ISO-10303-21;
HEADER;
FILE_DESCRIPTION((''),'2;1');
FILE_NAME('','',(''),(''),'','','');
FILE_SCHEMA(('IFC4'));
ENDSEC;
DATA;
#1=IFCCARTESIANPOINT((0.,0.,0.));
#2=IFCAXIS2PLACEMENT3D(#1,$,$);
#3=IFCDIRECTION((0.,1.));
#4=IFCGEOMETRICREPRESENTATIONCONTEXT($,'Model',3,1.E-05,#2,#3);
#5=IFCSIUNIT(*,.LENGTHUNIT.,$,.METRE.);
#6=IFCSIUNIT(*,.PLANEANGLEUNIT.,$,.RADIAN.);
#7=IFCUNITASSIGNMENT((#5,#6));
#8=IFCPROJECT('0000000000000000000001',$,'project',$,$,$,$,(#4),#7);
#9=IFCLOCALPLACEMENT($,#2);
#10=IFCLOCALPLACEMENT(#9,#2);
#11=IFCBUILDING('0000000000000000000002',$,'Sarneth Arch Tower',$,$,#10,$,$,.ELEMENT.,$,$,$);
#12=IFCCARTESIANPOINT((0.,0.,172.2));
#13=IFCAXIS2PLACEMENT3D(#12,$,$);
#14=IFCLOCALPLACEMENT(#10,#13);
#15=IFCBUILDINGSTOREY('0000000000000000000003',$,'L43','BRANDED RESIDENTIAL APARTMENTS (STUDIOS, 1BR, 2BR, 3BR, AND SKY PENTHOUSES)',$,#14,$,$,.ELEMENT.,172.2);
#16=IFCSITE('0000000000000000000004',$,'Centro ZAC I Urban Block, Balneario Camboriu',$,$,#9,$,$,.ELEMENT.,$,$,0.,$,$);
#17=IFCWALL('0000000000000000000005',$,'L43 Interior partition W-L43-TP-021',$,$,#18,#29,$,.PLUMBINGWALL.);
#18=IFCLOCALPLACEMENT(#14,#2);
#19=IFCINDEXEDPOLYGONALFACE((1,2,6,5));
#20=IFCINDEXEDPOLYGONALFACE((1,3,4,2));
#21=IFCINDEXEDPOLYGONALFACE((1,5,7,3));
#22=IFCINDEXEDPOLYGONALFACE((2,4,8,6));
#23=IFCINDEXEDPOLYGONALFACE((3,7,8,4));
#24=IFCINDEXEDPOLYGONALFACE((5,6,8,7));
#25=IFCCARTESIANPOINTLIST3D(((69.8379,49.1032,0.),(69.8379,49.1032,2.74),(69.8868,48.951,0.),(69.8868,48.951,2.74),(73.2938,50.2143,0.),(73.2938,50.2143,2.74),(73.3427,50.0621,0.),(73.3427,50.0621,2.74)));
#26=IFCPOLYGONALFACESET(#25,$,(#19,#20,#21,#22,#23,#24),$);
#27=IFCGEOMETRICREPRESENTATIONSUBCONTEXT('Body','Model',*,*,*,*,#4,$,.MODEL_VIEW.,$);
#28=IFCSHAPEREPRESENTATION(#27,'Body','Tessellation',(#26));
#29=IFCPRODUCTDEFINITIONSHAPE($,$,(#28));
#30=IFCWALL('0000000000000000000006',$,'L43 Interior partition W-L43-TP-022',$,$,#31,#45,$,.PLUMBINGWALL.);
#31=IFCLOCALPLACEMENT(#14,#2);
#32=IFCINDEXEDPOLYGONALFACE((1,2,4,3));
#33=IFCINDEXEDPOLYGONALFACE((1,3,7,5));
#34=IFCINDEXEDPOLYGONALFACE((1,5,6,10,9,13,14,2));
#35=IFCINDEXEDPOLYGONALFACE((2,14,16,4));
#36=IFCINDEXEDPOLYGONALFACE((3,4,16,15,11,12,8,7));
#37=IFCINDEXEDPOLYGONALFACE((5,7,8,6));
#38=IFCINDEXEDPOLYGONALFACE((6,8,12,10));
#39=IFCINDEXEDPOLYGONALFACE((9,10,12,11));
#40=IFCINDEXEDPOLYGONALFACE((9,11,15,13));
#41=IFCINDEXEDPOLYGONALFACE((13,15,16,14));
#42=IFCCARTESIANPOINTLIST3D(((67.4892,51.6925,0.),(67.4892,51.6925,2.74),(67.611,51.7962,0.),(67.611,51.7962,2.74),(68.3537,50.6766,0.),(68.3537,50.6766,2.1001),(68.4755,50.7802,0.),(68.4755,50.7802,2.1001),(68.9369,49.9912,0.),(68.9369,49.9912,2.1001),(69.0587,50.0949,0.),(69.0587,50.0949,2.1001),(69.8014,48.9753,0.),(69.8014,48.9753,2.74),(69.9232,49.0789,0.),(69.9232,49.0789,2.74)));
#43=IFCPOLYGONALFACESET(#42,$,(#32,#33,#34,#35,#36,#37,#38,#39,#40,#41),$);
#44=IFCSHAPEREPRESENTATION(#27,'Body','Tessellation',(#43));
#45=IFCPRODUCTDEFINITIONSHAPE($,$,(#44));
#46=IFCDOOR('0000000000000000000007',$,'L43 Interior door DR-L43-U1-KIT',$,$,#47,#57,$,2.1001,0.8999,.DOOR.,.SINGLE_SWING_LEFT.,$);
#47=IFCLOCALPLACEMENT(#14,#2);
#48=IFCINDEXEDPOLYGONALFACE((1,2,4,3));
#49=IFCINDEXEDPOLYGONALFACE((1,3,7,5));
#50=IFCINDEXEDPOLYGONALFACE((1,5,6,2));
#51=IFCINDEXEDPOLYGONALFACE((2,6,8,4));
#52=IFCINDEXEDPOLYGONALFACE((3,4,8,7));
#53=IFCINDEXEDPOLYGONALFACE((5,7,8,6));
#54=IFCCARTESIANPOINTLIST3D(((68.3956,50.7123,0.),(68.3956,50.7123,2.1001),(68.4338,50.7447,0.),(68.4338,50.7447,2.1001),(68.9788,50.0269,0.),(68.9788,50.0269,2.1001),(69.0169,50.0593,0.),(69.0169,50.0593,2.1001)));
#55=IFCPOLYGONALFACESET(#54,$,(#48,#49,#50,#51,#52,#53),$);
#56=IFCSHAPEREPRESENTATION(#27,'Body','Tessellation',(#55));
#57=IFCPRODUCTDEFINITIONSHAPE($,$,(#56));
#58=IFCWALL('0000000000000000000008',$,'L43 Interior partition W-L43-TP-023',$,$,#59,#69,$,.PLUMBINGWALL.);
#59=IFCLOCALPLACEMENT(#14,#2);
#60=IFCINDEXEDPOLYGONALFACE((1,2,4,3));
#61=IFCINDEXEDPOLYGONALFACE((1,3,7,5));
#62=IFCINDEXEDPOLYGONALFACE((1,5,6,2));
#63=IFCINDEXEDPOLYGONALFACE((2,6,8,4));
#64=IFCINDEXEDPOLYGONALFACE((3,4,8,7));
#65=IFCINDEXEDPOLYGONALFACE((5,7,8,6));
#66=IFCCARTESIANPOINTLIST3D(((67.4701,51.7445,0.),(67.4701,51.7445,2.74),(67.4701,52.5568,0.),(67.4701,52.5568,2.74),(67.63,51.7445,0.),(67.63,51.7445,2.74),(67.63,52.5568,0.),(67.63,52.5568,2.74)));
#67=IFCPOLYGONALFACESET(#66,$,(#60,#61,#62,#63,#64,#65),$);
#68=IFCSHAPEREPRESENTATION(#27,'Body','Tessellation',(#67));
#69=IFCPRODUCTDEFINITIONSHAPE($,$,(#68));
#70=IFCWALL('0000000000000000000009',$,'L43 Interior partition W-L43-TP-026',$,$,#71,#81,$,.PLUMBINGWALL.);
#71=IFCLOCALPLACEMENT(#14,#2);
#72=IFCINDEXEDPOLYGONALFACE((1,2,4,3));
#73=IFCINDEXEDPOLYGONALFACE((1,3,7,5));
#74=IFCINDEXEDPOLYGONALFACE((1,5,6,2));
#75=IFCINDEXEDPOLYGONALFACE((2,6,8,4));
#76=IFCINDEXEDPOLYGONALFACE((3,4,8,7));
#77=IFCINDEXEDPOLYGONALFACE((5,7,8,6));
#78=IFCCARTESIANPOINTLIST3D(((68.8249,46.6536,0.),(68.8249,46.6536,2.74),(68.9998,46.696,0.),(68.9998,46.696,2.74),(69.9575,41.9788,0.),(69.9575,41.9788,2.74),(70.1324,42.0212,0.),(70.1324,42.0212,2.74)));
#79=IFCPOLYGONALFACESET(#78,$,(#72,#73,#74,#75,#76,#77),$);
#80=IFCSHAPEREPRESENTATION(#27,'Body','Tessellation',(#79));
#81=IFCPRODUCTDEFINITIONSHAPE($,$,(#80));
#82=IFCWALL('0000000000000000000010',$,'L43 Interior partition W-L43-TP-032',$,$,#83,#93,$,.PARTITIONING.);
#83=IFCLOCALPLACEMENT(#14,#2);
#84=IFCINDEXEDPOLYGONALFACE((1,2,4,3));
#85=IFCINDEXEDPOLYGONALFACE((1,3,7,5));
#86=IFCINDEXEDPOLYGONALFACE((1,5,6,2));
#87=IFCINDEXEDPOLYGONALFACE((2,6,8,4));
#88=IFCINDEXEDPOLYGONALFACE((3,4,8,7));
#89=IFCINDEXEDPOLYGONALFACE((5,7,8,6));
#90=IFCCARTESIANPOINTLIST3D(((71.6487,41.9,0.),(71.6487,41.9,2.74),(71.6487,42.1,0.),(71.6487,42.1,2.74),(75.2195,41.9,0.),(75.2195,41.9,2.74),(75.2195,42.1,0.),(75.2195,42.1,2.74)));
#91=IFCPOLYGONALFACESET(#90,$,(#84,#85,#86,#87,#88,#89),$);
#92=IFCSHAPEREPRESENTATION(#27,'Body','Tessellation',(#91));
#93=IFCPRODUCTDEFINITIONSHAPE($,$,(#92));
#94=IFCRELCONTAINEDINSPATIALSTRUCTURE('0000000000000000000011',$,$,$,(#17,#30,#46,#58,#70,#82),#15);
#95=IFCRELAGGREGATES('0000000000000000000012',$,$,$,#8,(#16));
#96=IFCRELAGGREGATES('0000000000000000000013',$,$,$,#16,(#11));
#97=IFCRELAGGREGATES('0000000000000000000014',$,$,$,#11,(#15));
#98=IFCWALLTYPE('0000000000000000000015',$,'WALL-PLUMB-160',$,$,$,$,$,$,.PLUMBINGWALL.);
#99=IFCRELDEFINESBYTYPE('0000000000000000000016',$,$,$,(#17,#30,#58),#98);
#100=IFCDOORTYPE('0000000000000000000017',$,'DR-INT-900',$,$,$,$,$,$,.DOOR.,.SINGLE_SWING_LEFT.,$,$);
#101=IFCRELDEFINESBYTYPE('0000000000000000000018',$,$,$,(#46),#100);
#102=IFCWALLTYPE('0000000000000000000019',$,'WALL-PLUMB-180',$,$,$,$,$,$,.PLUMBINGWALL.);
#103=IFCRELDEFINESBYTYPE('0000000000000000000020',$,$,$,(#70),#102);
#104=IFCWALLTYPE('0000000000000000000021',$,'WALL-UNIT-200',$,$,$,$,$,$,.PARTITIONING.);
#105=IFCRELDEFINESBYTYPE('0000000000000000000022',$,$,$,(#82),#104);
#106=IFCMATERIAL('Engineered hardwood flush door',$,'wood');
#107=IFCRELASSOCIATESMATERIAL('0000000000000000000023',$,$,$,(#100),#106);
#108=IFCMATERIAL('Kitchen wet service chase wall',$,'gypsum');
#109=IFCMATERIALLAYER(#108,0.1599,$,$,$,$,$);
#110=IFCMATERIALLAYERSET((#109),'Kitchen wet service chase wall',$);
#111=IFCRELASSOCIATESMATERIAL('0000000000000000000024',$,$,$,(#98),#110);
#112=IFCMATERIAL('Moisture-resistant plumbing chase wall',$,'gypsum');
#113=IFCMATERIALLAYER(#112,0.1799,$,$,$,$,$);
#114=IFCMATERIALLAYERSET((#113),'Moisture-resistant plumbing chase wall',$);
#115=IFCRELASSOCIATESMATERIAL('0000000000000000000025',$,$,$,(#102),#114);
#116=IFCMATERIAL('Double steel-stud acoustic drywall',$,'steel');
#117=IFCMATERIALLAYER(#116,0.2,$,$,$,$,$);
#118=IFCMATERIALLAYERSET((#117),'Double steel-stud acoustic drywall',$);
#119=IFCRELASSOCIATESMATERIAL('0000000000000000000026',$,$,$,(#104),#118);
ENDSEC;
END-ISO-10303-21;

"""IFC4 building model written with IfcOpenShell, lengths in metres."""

from ifc_helpers import new_model, si_unit, direction, frame, frame_2d, origin, place, context, subcontext, project, spatial, rectangle, extrude, material, layer, layer_set, type_object, element, fill, save


model = new_model("IFC4")

# Units and contexts
model_context = context("Model", 3, precision=1e-05, world=origin(), true_north=direction((0.0, 1.0)))
body_context = subcontext(model_context, "Body", "Model", "MODEL_VIEW")
ifc_project = project(units=[si_unit("LENGTHUNIT", "METRE"), si_unit("PLANEANGLEUNIT", "RADIAN")], contexts=[model_context])

# Site, building, storey
site_placement = place(None, origin())
site = spatial("IfcSite", under=ifc_project, at=site_placement, Name="Centro ZAC I Urban Block, Balneario Camboriu", CompositionType="ELEMENT", RefElevation=0.0)
building_placement = place(site_placement, origin())
building = spatial("IfcBuilding", under=site, at=building_placement, Name="Sarneth Arch Tower", CompositionType="ELEMENT")
storey_placement = place(building_placement, frame((0.0, 0.0, 172.2)))
storey = spatial("IfcBuildingStorey", under=building, at=storey_placement, Name="L43", Description="BRANDED RESIDENTIAL APARTMENTS (STUDIOS, 1BR, 2BR, 3BR, AND SKY PENTHOUSES)", CompositionType="ELEMENT", Elevation=172.2)

# Shared definitions
ifc_material_1 = material(Name="Engineered hardwood flush door", Category="wood")
door_type_1 = type_object("IfcDoorType", Name="DR-INT-900", OperationType="SINGLE_SWING_LEFT", PredefinedType="DOOR", material=ifc_material_1)

# Wall
ifc_material_2 = material(Name="Kitchen wet service chase wall", Category="gypsum")
ifc_layer_1 = layer(ifc_material_2, 0.1599)
ifc_layer_set_1 = layer_set([ifc_layer_1], Name="Kitchen wet service chase wall")
wall_type_1 = type_object("IfcWallType", Name="WALL-PLUMB-160", PredefinedType="PLUMBINGWALL", material=ifc_layer_set_1)
wall_1_placement = place(storey_placement, frame((73.3181, 50.1382, 0.0), z_axis=(0.0, 0.0, 1.0), x_axis=(-0.952005, -0.306081, 0.0)))
element("IfcWall", 1, at=wall_1_placement, inside=storey, type_object=wall_type_1, Name="L43 Interior partition W-L43-TP-021", PredefinedType="PLUMBINGWALL", context=body_context, shape_type="SweptSolid", body=[
    extrude(rectangle(XDim=3.6301, YDim=0.1599, at=frame_2d((1.8149, 0.0))), origin(), (0.0, 0.0, 1.0), 2.74),
])

# Wall, opening, door
wall_2_placement = place(storey_placement, frame((69.8623, 49.0271, 0.0), z_axis=(0.0, 0.0, 1.0), x_axis=(-0.648065, 0.761585, 0.0)))
wall_2 = element("IfcWall", 2, at=wall_2_placement, inside=storey, type_object=wall_type_1, Name="L43 Interior partition W-L43-TP-022", PredefinedType="PLUMBINGWALL", context=body_context, shape_type="SweptSolid", body=[
    extrude(rectangle(XDim=3.5679, YDim=0.1599, at=frame_2d((1.7839, 0.0))), origin(), (0.0, 0.0, 1.0), 2.74),
])
opening_1_placement = place(wall_2_placement, frame((1.334, 0.0, 0.0)))
opening_1 = element("IfcOpeningElement", 3, at=opening_1_placement, cuts=wall_2, PredefinedType="OPENING", context=body_context, shape_type="SweptSolid", body=[
    extrude(rectangle(XDim=0.8999, YDim=2.1001, at=frame_2d((0.45, 1.05))), frame((0.0, 0.0898, 0.0), z_axis=(0.0, -1.0, 0.0), x_axis=(1.0, 0.0, 0.0)), (0.0, 0.0, 1.0), 0.1799),
])
door_1_placement = place(opening_1_placement, origin())
door_1 = element("IfcDoor", 4, at=door_1_placement, inside=storey, type_object=door_type_1, Name="L43 Interior door DR-L43-U1-KIT", OperationType="SINGLE_SWING_LEFT", OverallHeight=2.1001, OverallWidth=0.8999, PredefinedType="DOOR", context=body_context, shape_type="SweptSolid", body=[
    extrude(rectangle(XDim=0.8999, YDim=2.1001, at=frame_2d((0.45, 1.05))), frame((0.0, 0.0249, 0.0), z_axis=(0.0, -1.0, 0.0), x_axis=(1.0, 0.0, 0.0)), (0.0, 0.0, 1.0), 0.05),
])
fill(opening_1, door_1)

# Walls
wall_3_placement = place(storey_placement, frame((67.55, 51.7444, 0.0), z_axis=(0.0, 0.0, 1.0), x_axis=(0.0, 1.0, 0.0)))
element("IfcWall", 5, at=wall_3_placement, inside=storey, type_object=wall_type_1, Name="L43 Interior partition W-L43-TP-023", PredefinedType="PLUMBINGWALL", context=body_context, shape_type="SweptSolid", body=[
    extrude(rectangle(XDim=0.8123, YDim=0.1599, at=frame_2d((0.4062, 0.0))), origin(), (0.0, 0.0, 1.0), 2.74),
])
ifc_material_3 = material(Name="Moisture-resistant plumbing chase wall", Category="gypsum")
ifc_layer_2 = layer(ifc_material_3, 0.1799)
ifc_layer_set_2 = layer_set([ifc_layer_2], Name="Moisture-resistant plumbing chase wall")
wall_type_2 = type_object("IfcWallType", Name="WALL-PLUMB-180", PredefinedType="PLUMBINGWALL", material=ifc_layer_set_2)
wall_4_placement = place(storey_placement, frame((68.9124, 46.6748, 0.0), z_axis=(0.0, 0.0, 1.0), x_axis=(0.235459, -0.971884, 0.0)))
element("IfcWall", 6, at=wall_4_placement, inside=storey, type_object=wall_type_2, Name="L43 Interior partition W-L43-TP-026", PredefinedType="PLUMBINGWALL", context=body_context, shape_type="SweptSolid", body=[
    extrude(rectangle(XDim=4.8101, YDim=0.1799, at=frame_2d((2.405, 0.0))), origin(), (0.0, 0.0, 1.0), 2.74),
])
ifc_material_4 = material(Name="Double steel-stud acoustic drywall", Category="steel")
ifc_layer_3 = layer(ifc_material_4, 0.2)
ifc_layer_set_3 = layer_set([ifc_layer_3], Name="Double steel-stud acoustic drywall")
wall_type_3 = type_object("IfcWallType", Name="WALL-UNIT-200", PredefinedType="PARTITIONING", material=ifc_layer_set_3)
wall_5_placement = place(storey_placement, frame((71.6487, 42.0, 0.0), z_axis=(0.0, 0.0, 1.0), x_axis=(1.0, 0.0, 0.0)))
element("IfcWall", 7, at=wall_5_placement, inside=storey, type_object=wall_type_3, Name="L43 Interior partition W-L43-TP-032", PredefinedType="PARTITIONING", context=body_context, shape_type="SweptSolid", body=[
    extrude(rectangle(XDim=3.5708, YDim=0.2, at=frame_2d((1.7854, 0.0))), origin(), (0.0, 0.0, 1.0), 2.74),
])

save(model, "model.ifc")
